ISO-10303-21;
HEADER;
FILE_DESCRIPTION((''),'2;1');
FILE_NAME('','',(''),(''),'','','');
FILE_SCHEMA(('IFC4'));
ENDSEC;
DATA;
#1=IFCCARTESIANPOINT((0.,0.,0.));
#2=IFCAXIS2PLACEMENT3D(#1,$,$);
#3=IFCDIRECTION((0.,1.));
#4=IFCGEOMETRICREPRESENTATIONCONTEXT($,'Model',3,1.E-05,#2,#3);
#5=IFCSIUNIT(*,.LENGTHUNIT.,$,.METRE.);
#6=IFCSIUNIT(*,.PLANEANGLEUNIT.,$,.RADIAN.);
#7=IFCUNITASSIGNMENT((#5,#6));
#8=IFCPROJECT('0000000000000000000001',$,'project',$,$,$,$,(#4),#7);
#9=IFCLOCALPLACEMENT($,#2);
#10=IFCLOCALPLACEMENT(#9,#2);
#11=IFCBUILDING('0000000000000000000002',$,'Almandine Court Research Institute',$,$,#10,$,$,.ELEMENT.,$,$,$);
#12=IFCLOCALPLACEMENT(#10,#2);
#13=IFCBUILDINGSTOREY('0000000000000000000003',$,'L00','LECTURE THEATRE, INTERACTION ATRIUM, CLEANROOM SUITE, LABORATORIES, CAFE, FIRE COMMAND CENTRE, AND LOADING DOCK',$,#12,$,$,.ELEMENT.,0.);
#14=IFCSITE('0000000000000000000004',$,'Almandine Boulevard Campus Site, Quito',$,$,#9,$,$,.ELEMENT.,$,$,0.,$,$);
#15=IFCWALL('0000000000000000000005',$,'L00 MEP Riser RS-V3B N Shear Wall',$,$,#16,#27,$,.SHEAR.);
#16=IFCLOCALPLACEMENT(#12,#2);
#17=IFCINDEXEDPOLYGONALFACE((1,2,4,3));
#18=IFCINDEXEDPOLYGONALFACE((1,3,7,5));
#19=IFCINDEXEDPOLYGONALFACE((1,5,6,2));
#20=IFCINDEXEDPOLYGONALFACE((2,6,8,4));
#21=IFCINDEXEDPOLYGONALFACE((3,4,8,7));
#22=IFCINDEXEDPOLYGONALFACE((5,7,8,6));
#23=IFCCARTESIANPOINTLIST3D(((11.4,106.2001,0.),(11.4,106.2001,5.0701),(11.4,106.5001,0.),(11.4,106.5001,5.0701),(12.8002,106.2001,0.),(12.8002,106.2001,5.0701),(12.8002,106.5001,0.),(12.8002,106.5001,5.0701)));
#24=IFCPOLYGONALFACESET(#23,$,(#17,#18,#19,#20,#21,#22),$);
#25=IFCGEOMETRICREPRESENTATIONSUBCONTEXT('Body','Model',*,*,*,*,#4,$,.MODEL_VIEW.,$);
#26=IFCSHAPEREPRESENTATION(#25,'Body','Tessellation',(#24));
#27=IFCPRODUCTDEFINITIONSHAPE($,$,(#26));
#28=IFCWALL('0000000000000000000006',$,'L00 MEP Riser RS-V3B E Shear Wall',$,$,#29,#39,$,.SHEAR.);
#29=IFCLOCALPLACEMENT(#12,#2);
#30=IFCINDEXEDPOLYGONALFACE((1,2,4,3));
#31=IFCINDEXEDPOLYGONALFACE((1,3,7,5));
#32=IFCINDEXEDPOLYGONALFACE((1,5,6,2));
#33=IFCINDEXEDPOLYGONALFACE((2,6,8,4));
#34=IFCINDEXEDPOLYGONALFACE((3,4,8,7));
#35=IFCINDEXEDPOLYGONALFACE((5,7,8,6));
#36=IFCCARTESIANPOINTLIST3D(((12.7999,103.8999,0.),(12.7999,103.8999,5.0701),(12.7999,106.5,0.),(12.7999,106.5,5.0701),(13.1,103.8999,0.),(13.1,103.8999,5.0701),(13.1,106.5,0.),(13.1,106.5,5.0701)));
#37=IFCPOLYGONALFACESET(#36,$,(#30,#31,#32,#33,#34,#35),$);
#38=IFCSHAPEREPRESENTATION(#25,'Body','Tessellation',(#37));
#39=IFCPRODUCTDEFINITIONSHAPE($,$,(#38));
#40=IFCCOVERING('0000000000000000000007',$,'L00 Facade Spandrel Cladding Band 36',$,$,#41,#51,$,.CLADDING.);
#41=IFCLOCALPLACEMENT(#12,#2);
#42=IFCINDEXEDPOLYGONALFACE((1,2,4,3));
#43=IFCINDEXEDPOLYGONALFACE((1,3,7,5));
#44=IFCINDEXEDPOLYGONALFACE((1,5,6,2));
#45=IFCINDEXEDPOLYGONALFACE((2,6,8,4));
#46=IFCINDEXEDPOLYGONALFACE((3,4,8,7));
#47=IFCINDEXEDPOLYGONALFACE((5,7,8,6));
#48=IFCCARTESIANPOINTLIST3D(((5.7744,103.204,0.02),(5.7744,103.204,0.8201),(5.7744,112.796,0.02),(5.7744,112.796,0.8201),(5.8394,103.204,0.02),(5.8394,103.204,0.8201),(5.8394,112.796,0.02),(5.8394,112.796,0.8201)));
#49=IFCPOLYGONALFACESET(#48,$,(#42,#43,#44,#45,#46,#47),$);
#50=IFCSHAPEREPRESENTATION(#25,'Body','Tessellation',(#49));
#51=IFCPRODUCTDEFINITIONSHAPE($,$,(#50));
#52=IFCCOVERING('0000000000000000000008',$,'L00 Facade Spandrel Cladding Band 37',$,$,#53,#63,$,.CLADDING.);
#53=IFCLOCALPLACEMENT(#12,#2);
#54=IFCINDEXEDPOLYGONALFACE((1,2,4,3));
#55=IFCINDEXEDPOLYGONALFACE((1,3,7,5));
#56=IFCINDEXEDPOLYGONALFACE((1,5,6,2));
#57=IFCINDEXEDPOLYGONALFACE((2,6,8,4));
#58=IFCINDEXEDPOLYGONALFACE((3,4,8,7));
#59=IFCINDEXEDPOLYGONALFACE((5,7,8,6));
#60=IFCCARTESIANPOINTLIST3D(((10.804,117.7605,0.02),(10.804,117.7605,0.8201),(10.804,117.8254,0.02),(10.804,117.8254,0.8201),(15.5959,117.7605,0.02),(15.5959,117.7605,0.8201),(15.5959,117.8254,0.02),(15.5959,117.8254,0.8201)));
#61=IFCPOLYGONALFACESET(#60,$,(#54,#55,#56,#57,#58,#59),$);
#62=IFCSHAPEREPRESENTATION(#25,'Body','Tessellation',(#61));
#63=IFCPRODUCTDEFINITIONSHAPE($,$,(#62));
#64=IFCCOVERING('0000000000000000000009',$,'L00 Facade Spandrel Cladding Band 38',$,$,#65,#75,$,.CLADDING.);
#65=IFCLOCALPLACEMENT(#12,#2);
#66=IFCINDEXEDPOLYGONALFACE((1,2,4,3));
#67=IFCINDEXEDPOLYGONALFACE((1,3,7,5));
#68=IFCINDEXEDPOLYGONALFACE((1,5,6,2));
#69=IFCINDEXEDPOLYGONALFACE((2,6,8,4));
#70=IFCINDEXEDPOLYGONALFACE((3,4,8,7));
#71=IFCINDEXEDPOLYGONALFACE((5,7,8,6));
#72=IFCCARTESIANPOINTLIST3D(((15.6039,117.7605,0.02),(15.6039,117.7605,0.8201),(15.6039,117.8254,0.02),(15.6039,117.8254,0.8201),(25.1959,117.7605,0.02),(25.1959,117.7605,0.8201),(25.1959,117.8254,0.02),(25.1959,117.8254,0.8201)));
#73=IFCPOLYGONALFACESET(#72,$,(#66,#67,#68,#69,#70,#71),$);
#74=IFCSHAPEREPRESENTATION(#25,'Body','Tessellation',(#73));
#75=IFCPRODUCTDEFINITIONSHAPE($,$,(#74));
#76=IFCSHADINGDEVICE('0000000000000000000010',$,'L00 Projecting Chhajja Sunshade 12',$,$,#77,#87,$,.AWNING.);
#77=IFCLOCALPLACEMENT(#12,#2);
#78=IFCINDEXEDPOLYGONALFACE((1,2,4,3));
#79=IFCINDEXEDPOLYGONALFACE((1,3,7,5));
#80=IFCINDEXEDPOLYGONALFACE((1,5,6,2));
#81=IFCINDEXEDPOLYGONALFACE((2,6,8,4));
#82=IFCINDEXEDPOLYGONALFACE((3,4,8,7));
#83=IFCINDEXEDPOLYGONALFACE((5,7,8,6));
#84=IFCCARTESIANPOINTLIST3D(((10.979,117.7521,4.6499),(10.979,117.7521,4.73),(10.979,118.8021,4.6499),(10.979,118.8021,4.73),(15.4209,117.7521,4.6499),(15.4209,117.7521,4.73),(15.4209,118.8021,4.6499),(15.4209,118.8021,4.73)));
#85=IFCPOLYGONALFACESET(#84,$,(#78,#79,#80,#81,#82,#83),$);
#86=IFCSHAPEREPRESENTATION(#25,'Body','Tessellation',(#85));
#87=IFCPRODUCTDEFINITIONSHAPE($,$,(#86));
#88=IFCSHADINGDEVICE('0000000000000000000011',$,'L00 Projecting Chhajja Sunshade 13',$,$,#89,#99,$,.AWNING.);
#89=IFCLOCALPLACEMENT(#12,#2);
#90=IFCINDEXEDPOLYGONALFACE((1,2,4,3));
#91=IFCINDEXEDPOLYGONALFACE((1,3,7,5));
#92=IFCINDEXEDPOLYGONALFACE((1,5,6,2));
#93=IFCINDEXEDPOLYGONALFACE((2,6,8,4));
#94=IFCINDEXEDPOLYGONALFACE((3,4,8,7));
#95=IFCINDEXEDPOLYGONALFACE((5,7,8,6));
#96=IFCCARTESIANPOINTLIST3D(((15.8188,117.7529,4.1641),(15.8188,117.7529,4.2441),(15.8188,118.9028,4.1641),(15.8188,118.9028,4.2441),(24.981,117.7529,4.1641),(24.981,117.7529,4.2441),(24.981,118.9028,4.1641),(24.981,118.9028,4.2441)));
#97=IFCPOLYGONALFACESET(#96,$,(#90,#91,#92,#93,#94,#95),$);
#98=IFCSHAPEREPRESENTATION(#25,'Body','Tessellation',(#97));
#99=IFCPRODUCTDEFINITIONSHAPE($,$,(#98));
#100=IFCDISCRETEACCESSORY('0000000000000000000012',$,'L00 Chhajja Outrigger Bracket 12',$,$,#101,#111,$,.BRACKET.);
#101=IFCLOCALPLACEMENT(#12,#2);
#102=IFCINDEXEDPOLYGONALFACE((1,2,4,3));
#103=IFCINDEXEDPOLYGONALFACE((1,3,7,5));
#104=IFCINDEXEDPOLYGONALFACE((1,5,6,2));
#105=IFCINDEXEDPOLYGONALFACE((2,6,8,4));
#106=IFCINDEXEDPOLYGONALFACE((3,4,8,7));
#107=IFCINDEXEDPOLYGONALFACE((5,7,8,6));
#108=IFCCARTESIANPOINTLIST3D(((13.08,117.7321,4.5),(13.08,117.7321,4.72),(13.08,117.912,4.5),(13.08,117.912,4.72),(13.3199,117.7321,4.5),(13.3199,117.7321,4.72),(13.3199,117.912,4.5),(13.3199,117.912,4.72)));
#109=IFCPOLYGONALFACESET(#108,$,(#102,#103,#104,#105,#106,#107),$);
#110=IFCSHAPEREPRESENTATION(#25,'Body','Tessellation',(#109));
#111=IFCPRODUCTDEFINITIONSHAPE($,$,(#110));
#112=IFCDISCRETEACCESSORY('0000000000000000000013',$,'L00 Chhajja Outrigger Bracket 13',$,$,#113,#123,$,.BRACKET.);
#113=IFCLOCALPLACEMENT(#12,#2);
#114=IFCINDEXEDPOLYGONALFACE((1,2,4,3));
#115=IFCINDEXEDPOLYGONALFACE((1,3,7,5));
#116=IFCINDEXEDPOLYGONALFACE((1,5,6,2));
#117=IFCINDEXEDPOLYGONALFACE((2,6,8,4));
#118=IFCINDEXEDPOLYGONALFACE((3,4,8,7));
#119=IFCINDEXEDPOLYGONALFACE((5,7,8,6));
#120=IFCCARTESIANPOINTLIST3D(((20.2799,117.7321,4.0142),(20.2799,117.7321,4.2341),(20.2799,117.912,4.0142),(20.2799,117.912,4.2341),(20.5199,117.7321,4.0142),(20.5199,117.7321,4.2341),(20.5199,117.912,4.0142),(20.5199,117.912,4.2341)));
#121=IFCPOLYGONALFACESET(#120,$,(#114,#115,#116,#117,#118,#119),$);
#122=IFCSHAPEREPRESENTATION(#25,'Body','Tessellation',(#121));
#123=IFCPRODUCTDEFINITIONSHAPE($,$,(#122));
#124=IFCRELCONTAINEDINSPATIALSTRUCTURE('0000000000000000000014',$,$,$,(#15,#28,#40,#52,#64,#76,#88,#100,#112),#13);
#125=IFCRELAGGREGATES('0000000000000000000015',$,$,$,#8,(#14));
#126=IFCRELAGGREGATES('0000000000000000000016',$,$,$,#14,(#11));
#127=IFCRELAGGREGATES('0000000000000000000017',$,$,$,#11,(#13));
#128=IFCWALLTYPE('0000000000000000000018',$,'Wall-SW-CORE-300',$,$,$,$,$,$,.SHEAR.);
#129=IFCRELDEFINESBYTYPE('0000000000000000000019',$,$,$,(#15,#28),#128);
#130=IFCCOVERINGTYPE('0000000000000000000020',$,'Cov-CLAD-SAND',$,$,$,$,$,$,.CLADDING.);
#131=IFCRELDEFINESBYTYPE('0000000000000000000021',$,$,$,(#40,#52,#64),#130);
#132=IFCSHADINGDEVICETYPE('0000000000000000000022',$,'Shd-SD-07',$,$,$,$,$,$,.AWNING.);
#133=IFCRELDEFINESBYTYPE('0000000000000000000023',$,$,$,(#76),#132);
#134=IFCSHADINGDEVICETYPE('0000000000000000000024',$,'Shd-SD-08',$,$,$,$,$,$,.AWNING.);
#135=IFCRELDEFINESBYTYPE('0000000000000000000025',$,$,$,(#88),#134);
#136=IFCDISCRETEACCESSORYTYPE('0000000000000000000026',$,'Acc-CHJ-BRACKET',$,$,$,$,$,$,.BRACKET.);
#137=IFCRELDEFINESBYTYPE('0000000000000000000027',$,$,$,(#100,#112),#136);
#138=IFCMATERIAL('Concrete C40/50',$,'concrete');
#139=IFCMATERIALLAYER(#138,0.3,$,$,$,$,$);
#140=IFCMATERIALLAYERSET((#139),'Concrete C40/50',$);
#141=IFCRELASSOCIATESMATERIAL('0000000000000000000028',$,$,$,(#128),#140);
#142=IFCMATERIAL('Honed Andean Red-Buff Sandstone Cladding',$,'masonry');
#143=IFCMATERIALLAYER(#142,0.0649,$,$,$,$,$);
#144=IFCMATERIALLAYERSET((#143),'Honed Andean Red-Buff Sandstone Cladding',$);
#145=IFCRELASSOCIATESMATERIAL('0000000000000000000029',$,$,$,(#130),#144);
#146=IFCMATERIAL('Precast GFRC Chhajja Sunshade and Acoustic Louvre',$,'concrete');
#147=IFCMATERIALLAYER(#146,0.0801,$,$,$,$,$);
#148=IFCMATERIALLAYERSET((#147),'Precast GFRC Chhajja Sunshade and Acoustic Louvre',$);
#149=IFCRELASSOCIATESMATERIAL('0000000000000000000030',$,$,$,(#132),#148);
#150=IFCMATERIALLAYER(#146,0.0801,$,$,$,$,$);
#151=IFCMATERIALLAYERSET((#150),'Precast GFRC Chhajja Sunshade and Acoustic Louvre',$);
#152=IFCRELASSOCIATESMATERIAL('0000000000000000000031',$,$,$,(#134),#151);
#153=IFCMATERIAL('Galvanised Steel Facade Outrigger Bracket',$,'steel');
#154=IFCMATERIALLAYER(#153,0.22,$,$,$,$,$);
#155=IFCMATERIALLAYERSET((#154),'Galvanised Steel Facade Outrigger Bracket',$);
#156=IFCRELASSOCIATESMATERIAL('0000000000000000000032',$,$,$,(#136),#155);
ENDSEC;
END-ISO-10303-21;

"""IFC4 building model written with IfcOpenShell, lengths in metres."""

from ifc_helpers import new_model, si_unit, direction, frame, frame_2d, origin, origin_2d, place, context, subcontext, project, spatial, rectangle, extrude, material, layer, layer_set, type_object, element, save


model = new_model("IFC4")

# Units and contexts
model_context = context("Model", 3, precision=1e-05, world=origin(), true_north=direction((0.0, 1.0)))
body_context = subcontext(model_context, "Body", "Model", "MODEL_VIEW")
ifc_project = project(units=[si_unit("LENGTHUNIT", "METRE"), si_unit("PLANEANGLEUNIT", "RADIAN")], contexts=[model_context])

# Site, building, storey
site_placement = place(None, origin())
site = spatial("IfcSite", under=ifc_project, at=site_placement, Name="Almandine Boulevard Campus Site, Quito", CompositionType="ELEMENT", RefElevation=0.0)
building_placement = place(site_placement, origin())
building = spatial("IfcBuilding", under=site, at=building_placement, Name="Almandine Court Research Institute", CompositionType="ELEMENT")
storey_placement = place(building_placement, origin())
storey = spatial("IfcBuildingStorey", under=building, at=storey_placement, Name="L00", Description="LECTURE THEATRE, INTERACTION ATRIUM, CLEANROOM SUITE, LABORATORIES, CAFE, FIRE COMMAND CENTRE, AND LOADING DOCK", CompositionType="ELEMENT", Elevation=0.0)

# Walls
ifc_material_1 = material(Name="Concrete C40/50", Category="concrete")
ifc_layer_1 = layer(ifc_material_1, 0.3)
ifc_layer_set_1 = layer_set([ifc_layer_1], Name="Concrete C40/50")
wall_type_1 = type_object("IfcWallType", Name="Wall-SW-CORE-300", PredefinedType="SHEAR", material=ifc_layer_set_1)
wall_1_placement = place(storey_placement, frame((11.3999, 106.3501, 0.0), z_axis=(0.0, 0.0, 1.0), x_axis=(1.0, 0.0, 0.0)))
element("IfcWall", 1, at=wall_1_placement, inside=storey, type_object=wall_type_1, Name="L00 MEP Riser RS-V3B N Shear Wall", PredefinedType="SHEAR", context=body_context, shape_type="SweptSolid", body=[
    extrude(rectangle(XDim=1.4001, YDim=0.3, at=frame_2d((0.7002, 0.0))), origin(), (0.0, 0.0, 1.0), 5.0701),
])
wall_2_placement = place(storey_placement, frame((12.95, 106.5, 0.0), z_axis=(0.0, 0.0, 1.0), x_axis=(0.0, -1.0, 0.0)))
element("IfcWall", 2, at=wall_2_placement, inside=storey, type_object=wall_type_1, Name="L00 MEP Riser RS-V3B E Shear Wall", PredefinedType="SHEAR", context=body_context, shape_type="SweptSolid", body=[
    extrude(rectangle(XDim=2.6001, YDim=0.3, at=frame_2d((1.3, 0.0))), origin(), (0.0, 0.0, 1.0), 5.0701),
])

# Coverings
ifc_material_2 = material(Name="Honed Andean Red-Buff Sandstone Cladding", Category="masonry")
ifc_layer_2 = layer(ifc_material_2, 0.0649)
ifc_layer_set_2 = layer_set([ifc_layer_2], Name="Honed Andean Red-Buff Sandstone Cladding")
covering_type = type_object("IfcCoveringType", Name="Cov-CLAD-SAND", PredefinedType="CLADDING", material=ifc_layer_set_2)
covering_1_placement = place(storey_placement, frame((5.8069, 108.0, 0.02), z_axis=(0.0, 0.0, 1.0), x_axis=(0.0, 1.0, 0.0)))
element("IfcCovering", 3, at=covering_1_placement, inside=storey, type_object=covering_type, Name="L00 Facade Spandrel Cladding Band 36", PredefinedType="CLADDING", context=body_context, shape_type="SweptSolid", body=[
    extrude(rectangle(XDim=9.592, YDim=0.0649, at=origin_2d()), origin(), (0.0, 0.0, 1.0), 0.8),
])
covering_2_placement = place(storey_placement, frame((13.2, 117.793, 0.02), z_axis=(0.0, 0.0, 1.0), x_axis=(1.0, 0.0, 0.0)))
element("IfcCovering", 4, at=covering_2_placement, inside=storey, type_object=covering_type, Name="L00 Facade Spandrel Cladding Band 37", PredefinedType="CLADDING", context=body_context, shape_type="SweptSolid", body=[
    extrude(rectangle(XDim=4.792, YDim=0.0649, at=origin_2d()), origin(), (0.0, 0.0, 1.0), 0.8),
])
covering_3_placement = place(storey_placement, frame((20.3999, 117.793, 0.02), z_axis=(0.0, 0.0, 1.0), x_axis=(1.0, 0.0, 0.0)))
element("IfcCovering", 5, at=covering_3_placement, inside=storey, type_object=covering_type, Name="L00 Facade Spandrel Cladding Band 38", PredefinedType="CLADDING", context=body_context, shape_type="SweptSolid", body=[
    extrude(rectangle(XDim=9.592, YDim=0.0649, at=origin_2d()), origin(), (0.0, 0.0, 1.0), 0.8),
])

# Shading devices
ifc_material_3 = material(Name="Precast GFRC Chhajja Sunshade and Acoustic Louvre", Category="concrete")
ifc_layer_3 = layer(ifc_material_3, 0.0801)
ifc_layer_set_3 = layer_set([ifc_layer_3], Name="Precast GFRC Chhajja Sunshade and Acoustic Louvre")
shading_device_type_1 = type_object("IfcShadingDeviceType", Name="Shd-SD-07", PredefinedType="AWNING", material=ifc_layer_set_3)
shading_device_1_placement = place(storey_placement, frame((13.2, 118.2771, 4.6499), z_axis=(0.0, 0.0, 1.0), x_axis=(1.0, 0.0, 0.0)))
element("IfcShadingDevice", 6, at=shading_device_1_placement, inside=storey, type_object=shading_device_type_1, Name="L00 Projecting Chhajja Sunshade 12", PredefinedType="AWNING", context=body_context, shape_type="SweptSolid", body=[
    extrude(rectangle(XDim=4.4419, YDim=1.05, at=origin_2d()), origin(), (0.0, 0.0, 1.0), 0.0801),
])
ifc_layer_4 = layer(ifc_material_3, 0.0801)
ifc_layer_set_4 = layer_set([ifc_layer_4], Name="Precast GFRC Chhajja Sunshade and Acoustic Louvre")
shading_device_type_2 = type_object("IfcShadingDeviceType", Name="Shd-SD-08", PredefinedType="AWNING", material=ifc_layer_set_4)
shading_device_2_placement = place(storey_placement, frame((20.3999, 118.3279, 4.1641), z_axis=(0.0, 0.0, 1.0), x_axis=(1.0, 0.0, 0.0)))
element("IfcShadingDevice", 7, at=shading_device_2_placement, inside=storey, type_object=shading_device_type_2, Name="L00 Projecting Chhajja Sunshade 13", PredefinedType="AWNING", context=body_context, shape_type="SweptSolid", body=[
    extrude(rectangle(XDim=9.1621, YDim=1.1499, at=origin_2d()), origin(), (0.0, 0.0, 1.0), 0.0801),
])

# Discrete accessories
ifc_material_4 = material(Name="Galvanised Steel Facade Outrigger Bracket", Category="steel")
ifc_layer_5 = layer(ifc_material_4, 0.22)
ifc_layer_set_5 = layer_set([ifc_layer_5], Name="Galvanised Steel Facade Outrigger Bracket")
discrete_accessory_type = type_object("IfcDiscreteAccessoryType", Name="Acc-CHJ-BRACKET", PredefinedType="BRACKET", material=ifc_layer_set_5)
for number, where, z_axis, x_axis, name in (
    (8, (13.2, 117.822, 4.5), (0.0, 0.0, 1.0), (1.0, 0.0, 0.0), "L00 Chhajja Outrigger Bracket 12"),
    (9, (20.3999, 117.822, 4.0142), (0.0, 0.0, 1.0), (1.0, 0.0, 0.0), "L00 Chhajja Outrigger Bracket 13"),
):
    element("IfcDiscreteAccessory", number, at=place(storey_placement, frame(where, z_axis=z_axis, x_axis=x_axis)), inside=storey, type_object=discrete_accessory_type, Name=name, PredefinedType="BRACKET", context=body_context, shape_type="SweptSolid", body=[
        extrude(rectangle(XDim=0.24, YDim=0.1799, at=origin_2d()), origin(), (0.0, 0.0, 1.0), 0.22),
    ])

save(model, "model.ifc")
